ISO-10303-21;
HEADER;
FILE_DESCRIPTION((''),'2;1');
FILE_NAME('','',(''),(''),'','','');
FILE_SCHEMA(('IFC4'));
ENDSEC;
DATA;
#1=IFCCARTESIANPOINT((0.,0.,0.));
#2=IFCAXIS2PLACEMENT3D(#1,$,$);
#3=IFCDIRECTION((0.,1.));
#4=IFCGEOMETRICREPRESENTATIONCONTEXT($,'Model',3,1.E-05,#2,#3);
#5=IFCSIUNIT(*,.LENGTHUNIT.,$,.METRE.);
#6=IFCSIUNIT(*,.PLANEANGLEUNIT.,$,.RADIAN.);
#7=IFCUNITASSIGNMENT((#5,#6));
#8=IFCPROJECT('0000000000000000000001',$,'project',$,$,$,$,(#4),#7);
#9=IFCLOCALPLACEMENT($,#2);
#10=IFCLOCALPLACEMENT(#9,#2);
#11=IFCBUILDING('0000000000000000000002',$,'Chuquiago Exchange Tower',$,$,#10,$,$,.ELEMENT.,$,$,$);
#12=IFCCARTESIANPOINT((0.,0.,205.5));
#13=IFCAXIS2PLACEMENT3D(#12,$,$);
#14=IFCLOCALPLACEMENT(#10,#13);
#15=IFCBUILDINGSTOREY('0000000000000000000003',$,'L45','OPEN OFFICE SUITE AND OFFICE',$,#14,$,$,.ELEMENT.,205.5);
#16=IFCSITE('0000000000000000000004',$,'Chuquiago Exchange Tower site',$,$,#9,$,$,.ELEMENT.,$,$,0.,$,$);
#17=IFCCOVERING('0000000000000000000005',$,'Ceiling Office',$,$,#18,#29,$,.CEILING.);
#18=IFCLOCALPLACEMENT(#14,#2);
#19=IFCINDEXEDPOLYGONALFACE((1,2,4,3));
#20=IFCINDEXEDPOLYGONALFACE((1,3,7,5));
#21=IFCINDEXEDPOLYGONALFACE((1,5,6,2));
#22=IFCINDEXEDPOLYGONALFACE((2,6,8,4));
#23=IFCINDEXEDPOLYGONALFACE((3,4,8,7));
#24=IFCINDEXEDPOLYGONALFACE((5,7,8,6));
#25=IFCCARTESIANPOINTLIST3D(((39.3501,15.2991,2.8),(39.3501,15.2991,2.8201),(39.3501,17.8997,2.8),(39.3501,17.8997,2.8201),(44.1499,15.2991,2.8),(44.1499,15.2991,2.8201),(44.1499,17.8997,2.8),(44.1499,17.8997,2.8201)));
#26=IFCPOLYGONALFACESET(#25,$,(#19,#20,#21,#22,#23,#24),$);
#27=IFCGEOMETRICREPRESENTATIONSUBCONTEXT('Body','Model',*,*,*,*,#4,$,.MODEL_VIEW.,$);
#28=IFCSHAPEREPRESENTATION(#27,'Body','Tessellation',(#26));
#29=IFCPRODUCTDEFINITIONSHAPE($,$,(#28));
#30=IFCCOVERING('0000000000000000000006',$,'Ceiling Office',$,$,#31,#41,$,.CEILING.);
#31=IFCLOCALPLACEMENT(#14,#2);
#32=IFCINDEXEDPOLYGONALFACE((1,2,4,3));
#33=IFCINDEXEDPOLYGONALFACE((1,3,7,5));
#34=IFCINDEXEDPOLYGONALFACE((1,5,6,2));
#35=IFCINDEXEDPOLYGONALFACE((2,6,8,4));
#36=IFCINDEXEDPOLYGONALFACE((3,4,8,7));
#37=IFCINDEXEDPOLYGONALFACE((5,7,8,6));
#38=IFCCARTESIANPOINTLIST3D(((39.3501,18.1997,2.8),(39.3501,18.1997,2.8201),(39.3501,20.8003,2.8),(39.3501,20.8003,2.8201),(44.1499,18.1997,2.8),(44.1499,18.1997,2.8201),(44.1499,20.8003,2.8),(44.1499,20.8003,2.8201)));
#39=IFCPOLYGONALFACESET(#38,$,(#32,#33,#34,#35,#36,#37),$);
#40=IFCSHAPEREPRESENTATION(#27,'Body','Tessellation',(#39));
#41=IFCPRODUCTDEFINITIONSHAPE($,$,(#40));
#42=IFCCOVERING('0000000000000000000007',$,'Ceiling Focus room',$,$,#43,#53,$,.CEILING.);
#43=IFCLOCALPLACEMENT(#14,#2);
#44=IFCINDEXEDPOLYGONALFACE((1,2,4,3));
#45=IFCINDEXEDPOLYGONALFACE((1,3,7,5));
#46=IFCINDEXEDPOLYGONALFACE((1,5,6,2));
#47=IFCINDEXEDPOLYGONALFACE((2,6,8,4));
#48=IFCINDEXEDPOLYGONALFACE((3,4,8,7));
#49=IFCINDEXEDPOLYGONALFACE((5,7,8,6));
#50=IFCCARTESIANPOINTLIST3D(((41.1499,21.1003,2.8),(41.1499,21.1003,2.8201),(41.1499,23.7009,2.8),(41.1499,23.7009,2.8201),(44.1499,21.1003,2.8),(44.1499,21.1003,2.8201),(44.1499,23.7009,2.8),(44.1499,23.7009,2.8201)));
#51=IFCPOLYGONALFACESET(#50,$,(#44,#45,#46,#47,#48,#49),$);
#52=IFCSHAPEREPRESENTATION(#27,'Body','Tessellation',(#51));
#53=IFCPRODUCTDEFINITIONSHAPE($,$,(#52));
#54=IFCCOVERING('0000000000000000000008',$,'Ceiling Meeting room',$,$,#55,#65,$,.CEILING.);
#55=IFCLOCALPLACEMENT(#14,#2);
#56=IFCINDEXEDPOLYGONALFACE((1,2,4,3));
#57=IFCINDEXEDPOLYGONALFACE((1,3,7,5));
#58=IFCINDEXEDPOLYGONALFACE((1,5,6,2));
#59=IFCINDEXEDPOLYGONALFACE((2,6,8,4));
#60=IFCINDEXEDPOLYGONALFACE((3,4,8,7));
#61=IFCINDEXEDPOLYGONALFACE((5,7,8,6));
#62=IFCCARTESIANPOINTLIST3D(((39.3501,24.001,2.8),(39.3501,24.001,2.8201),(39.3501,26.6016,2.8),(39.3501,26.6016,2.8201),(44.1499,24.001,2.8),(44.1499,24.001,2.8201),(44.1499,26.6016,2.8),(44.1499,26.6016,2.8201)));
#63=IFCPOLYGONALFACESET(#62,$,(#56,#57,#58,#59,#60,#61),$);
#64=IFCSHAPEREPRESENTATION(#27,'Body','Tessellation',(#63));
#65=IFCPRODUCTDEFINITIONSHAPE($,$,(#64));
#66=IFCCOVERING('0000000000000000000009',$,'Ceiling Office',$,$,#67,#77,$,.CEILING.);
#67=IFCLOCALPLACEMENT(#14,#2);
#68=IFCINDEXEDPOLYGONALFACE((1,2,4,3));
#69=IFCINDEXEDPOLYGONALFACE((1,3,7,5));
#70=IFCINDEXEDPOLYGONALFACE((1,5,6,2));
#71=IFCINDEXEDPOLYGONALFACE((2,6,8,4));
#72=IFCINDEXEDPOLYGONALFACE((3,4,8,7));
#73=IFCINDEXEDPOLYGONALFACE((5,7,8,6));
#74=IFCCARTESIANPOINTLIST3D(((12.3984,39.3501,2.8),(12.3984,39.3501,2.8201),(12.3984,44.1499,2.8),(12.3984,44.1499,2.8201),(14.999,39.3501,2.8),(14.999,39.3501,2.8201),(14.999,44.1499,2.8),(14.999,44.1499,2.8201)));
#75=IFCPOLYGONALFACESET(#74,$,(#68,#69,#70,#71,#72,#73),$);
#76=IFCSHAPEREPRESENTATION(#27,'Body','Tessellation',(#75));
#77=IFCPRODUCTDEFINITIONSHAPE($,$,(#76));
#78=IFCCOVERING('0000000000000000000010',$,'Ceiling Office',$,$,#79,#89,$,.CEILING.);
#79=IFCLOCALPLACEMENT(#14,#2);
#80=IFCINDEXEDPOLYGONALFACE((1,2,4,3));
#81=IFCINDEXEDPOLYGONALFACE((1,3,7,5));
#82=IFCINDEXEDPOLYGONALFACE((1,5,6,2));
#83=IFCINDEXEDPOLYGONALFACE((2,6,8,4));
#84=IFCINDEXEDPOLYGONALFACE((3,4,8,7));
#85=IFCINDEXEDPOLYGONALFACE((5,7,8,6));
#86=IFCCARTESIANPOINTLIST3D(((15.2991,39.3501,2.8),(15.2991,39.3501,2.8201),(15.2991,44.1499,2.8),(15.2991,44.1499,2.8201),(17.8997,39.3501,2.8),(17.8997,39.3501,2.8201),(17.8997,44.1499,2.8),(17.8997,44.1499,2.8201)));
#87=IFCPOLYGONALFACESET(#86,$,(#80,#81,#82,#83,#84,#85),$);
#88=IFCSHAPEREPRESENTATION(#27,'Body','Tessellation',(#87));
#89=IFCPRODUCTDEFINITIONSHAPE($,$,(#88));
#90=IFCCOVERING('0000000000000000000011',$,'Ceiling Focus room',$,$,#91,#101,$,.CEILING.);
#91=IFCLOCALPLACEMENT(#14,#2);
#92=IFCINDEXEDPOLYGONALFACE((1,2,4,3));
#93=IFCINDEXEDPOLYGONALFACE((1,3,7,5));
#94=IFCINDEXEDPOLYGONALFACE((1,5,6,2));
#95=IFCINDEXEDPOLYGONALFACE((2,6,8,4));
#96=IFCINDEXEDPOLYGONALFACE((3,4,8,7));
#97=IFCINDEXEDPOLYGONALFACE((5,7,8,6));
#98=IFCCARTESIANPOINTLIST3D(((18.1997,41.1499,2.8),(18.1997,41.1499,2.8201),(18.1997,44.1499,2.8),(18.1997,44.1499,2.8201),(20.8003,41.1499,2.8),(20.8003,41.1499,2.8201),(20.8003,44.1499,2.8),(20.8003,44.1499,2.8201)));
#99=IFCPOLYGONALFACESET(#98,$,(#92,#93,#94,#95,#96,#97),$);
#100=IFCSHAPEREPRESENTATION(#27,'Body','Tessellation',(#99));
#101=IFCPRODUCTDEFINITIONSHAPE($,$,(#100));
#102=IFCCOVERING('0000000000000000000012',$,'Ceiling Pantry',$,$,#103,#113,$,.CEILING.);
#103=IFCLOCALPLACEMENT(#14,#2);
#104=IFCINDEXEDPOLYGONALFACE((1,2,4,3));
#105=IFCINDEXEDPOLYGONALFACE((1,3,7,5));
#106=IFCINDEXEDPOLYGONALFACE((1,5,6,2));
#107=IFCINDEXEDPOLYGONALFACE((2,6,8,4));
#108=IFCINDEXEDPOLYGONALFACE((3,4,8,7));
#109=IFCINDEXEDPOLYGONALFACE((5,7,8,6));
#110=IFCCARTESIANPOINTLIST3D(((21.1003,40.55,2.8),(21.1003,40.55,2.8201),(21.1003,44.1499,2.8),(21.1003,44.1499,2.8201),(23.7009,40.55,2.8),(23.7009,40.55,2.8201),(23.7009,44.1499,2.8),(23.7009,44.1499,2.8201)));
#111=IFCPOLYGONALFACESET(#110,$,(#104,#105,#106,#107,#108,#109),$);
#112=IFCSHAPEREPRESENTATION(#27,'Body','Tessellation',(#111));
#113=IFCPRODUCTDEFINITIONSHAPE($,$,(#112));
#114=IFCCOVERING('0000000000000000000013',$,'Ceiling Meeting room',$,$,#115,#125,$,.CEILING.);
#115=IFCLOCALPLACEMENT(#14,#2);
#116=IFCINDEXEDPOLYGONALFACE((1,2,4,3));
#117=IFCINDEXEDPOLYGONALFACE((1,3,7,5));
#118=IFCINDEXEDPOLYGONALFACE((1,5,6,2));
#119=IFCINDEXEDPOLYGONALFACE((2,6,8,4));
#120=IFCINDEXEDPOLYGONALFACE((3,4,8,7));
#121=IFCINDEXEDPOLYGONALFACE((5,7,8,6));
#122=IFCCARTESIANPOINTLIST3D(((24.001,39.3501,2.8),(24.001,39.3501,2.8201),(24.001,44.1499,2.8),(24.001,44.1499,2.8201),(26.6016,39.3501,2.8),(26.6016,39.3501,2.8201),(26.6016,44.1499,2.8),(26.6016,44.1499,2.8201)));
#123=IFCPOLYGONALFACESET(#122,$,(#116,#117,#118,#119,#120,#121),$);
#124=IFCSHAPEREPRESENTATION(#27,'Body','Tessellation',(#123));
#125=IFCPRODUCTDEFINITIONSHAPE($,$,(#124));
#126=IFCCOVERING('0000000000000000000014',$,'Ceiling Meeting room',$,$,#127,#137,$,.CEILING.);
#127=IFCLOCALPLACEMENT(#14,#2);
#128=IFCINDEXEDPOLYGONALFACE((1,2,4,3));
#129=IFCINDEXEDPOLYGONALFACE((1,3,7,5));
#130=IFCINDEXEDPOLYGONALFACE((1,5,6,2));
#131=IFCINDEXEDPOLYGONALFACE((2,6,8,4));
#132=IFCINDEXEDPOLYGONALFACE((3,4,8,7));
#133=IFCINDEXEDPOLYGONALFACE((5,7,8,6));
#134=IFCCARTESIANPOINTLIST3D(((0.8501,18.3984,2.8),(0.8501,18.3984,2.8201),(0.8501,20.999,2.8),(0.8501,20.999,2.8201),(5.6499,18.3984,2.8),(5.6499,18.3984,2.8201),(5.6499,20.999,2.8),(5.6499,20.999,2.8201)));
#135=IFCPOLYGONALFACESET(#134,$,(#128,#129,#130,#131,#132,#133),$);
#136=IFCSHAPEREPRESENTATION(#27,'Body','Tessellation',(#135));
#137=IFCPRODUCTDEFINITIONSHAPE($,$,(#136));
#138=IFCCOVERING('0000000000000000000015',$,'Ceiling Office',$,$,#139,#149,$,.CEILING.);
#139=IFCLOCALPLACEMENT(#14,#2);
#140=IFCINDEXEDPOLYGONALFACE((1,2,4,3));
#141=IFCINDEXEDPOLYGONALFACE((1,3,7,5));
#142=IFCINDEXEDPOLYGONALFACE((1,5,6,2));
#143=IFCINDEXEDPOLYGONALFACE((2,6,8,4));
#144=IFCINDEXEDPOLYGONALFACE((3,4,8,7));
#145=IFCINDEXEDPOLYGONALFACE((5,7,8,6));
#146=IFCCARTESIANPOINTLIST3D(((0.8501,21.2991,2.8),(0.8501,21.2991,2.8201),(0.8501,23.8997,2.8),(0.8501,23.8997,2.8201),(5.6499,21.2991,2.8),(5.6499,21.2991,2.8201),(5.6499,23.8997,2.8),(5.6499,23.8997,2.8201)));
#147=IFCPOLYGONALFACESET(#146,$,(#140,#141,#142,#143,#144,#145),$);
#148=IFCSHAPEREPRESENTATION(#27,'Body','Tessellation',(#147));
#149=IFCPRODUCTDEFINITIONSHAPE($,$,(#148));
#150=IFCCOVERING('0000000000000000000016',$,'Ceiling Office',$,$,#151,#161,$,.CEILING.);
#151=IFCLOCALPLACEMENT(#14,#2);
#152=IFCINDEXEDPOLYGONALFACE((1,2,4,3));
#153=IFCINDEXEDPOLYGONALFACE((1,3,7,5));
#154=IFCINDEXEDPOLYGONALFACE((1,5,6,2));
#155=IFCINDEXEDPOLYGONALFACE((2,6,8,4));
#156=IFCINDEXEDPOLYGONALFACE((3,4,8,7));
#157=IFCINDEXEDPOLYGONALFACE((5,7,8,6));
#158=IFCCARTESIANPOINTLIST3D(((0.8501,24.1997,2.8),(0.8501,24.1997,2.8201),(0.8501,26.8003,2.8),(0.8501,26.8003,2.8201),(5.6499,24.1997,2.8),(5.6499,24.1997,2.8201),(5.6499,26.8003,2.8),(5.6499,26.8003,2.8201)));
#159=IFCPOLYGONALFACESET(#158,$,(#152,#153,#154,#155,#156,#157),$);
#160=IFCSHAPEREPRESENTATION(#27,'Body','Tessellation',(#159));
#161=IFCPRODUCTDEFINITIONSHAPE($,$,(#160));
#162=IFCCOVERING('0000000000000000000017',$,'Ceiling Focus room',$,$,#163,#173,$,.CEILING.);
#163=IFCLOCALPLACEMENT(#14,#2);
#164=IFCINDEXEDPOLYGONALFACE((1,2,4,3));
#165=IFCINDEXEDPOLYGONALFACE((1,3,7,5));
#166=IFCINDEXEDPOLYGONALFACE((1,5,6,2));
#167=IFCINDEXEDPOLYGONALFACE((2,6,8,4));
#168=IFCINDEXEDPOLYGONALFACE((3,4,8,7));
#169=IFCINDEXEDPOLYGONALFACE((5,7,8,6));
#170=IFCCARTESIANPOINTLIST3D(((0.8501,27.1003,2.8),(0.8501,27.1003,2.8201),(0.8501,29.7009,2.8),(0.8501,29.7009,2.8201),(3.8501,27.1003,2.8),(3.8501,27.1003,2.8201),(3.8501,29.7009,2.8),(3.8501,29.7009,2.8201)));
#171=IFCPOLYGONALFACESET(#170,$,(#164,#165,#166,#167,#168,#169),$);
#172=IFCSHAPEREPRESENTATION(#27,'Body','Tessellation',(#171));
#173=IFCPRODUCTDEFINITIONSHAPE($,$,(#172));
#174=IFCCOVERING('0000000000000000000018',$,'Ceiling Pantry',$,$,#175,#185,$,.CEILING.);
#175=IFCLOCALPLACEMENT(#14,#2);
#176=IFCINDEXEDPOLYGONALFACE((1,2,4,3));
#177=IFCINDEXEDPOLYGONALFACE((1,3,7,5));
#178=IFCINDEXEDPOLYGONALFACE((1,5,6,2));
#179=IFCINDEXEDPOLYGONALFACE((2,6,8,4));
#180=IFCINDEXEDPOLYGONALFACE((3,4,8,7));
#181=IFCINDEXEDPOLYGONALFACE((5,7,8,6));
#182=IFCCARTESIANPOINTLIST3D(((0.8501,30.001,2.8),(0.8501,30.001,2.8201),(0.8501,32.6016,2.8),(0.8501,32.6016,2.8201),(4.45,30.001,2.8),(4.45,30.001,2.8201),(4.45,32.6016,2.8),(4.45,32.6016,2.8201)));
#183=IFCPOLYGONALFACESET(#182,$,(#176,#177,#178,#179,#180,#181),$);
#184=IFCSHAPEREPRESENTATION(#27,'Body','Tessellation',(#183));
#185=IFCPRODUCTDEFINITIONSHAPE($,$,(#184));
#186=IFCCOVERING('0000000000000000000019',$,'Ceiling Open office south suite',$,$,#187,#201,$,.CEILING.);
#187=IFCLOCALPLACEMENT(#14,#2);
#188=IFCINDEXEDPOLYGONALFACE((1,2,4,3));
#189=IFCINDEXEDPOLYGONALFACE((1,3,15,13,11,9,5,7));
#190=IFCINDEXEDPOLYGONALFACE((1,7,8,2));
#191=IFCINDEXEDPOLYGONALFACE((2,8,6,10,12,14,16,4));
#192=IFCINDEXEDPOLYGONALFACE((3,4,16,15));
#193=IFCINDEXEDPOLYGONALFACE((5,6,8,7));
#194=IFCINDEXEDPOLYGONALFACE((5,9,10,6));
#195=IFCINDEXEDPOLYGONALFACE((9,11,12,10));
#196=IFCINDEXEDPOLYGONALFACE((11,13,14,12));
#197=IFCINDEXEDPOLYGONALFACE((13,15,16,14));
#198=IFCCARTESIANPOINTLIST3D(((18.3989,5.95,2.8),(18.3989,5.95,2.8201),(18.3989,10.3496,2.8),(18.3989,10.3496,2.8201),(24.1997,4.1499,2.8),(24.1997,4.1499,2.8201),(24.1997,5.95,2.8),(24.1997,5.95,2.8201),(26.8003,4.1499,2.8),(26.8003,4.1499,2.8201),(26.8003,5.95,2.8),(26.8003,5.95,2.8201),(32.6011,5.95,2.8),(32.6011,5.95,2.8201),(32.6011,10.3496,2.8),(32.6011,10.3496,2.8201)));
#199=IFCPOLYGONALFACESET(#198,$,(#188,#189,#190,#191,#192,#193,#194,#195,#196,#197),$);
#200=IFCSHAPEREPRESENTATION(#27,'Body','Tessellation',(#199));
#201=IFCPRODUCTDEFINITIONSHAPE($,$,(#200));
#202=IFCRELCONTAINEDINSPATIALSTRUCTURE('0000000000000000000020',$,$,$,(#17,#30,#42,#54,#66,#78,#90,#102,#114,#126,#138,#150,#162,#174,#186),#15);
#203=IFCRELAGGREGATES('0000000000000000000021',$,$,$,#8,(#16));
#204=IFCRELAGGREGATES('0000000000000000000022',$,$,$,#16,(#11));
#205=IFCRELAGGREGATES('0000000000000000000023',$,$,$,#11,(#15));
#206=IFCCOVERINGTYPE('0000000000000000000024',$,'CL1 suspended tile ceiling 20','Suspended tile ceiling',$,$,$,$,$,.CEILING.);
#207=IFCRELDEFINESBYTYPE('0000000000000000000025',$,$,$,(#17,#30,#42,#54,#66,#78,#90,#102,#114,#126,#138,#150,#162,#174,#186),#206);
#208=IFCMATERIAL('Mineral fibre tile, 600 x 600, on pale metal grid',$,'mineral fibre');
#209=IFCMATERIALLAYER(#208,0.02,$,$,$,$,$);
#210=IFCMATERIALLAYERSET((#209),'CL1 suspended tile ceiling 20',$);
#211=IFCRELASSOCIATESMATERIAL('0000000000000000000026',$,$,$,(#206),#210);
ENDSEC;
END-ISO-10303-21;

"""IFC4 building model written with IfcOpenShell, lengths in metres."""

from ifc_helpers import new_model, si_unit, direction, frame, origin, place, context, subcontext, project, spatial, polyline, outline, extrude, material, layer, layer_set, type_object, element, save


model = new_model("IFC4")

# Units and contexts
model_context = context("Model", 3, precision=1e-05, world=origin(), true_north=direction((0.0, 1.0)))
body_context = subcontext(model_context, "Body", "Model", "MODEL_VIEW")
ifc_project = project(units=[si_unit("LENGTHUNIT", "METRE"), si_unit("PLANEANGLEUNIT", "RADIAN")], contexts=[model_context])

# Site, building, storey
site_placement = place(None, origin())
site = spatial("IfcSite", under=ifc_project, at=site_placement, Name="Chuquiago Exchange Tower site", CompositionType="ELEMENT", RefElevation=0.0)
building_placement = place(site_placement, origin())
building = spatial("IfcBuilding", under=site, at=building_placement, Name="Chuquiago Exchange Tower", CompositionType="ELEMENT")
storey_placement = place(building_placement, frame((0.0, 0.0, 205.5)))
storey = spatial("IfcBuildingStorey", under=building, at=storey_placement, Name="L45", Description="OPEN OFFICE SUITE AND OFFICE", CompositionType="ELEMENT", Elevation=205.5)

# Coverings
ifc_material_1 = material(Name="Mineral fibre tile, 600 x 600, on pale metal grid", Category="mineral fibre")
ifc_layer_1 = layer(ifc_material_1, 0.02)
ifc_layer_set_1 = layer_set([ifc_layer_1], Name="CL1 suspended tile ceiling 20")
covering_type_1 = type_object("IfcCoveringType", Name="CL1 suspended tile ceiling 20", Description="Suspended tile ceiling", PredefinedType="CEILING", material=ifc_layer_set_1)
covering_1_placement = place(storey_placement, frame((0.0, 0.0, 2.8)))
element("IfcCovering", 1, at=covering_1_placement, inside=storey, type_object=covering_type_1, Name="Ceiling Office", PredefinedType="CEILING", context=body_context, shape_type="SweptSolid", body=[
    extrude(outline(polyline([(39.3501, 15.2991), (39.3501, 17.8997), (44.1499, 17.8997), (44.1499, 15.2991), (39.3501, 15.2991)])), origin(), (0.0, 0.0, 1.0), 0.02),
])
covering_2_placement = place(storey_placement, frame((0.0, 0.0, 2.8)))
element("IfcCovering", 2, at=covering_2_placement, inside=storey, type_object=covering_type_1, Name="Ceiling Office", PredefinedType="CEILING", context=body_context, shape_type="SweptSolid", body=[
    extrude(outline(polyline([(39.3501, 18.1997), (39.3501, 20.8003), (44.1499, 20.8003), (44.1499, 18.1997), (39.3501, 18.1997)])), origin(), (0.0, 0.0, 1.0), 0.02),
])
covering_3_placement = place(storey_placement, frame((0.0, 0.0, 2.8)))
element("IfcCovering", 3, at=covering_3_placement, inside=storey, type_object=covering_type_1, Name="Ceiling Focus room", PredefinedType="CEILING", context=body_context, shape_type="SweptSolid", body=[
    extrude(outline(polyline([(41.1499, 21.1003), (41.1499, 23.7009), (44.1499, 23.7009), (44.1499, 21.1003), (41.1499, 21.1003)])), origin(), (0.0, 0.0, 1.0), 0.02),
])
covering_4_placement = place(storey_placement, frame((0.0, 0.0, 2.8)))
element("IfcCovering", 4, at=covering_4_placement, inside=storey, type_object=covering_type_1, Name="Ceiling Meeting room", PredefinedType="CEILING", context=body_context, shape_type="SweptSolid", body=[
    extrude(outline(polyline([(44.1499, 24.001), (39.3501, 24.001), (39.3501, 26.6016), (44.1499, 26.6016), (44.1499, 24.001)])), origin(), (0.0, 0.0, 1.0), 0.02),
])
covering_5_placement = place(storey_placement, frame((0.0, 0.0, 2.8)))
element("IfcCovering", 5, at=covering_5_placement, inside=storey, type_object=covering_type_1, Name="Ceiling Office", PredefinedType="CEILING", context=body_context, shape_type="SweptSolid", body=[
    extrude(outline(polyline([(14.999, 44.1499), (14.999, 39.3501), (12.3984, 39.3501), (12.3984, 44.1499), (14.999, 44.1499)])), origin(), (0.0, 0.0, 1.0), 0.02),
])
covering_6_placement = place(storey_placement, frame((0.0, 0.0, 2.8)))
element("IfcCovering", 6, at=covering_6_placement, inside=storey, type_object=covering_type_1, Name="Ceiling Office", PredefinedType="CEILING", context=body_context, shape_type="SweptSolid", body=[
    extrude(outline(polyline([(17.8997, 39.3501), (15.2991, 39.3501), (15.2991, 44.1499), (17.8997, 44.1499), (17.8997, 39.3501)])), origin(), (0.0, 0.0, 1.0), 0.02),
])
covering_7_placement = place(storey_placement, frame((0.0, 0.0, 2.8)))
element("IfcCovering", 7, at=covering_7_placement, inside=storey, type_object=covering_type_1, Name="Ceiling Focus room", PredefinedType="CEILING", context=body_context, shape_type="SweptSolid", body=[
    extrude(outline(polyline([(20.8003, 41.1499), (18.1997, 41.1499), (18.1997, 44.1499), (20.8003, 44.1499), (20.8003, 41.1499)])), origin(), (0.0, 0.0, 1.0), 0.02),
])
covering_8_placement = place(storey_placement, frame((0.0, 0.0, 2.8)))
element("IfcCovering", 8, at=covering_8_placement, inside=storey, type_object=covering_type_1, Name="Ceiling Pantry", PredefinedType="CEILING", context=body_context, shape_type="SweptSolid", body=[
    extrude(outline(polyline([(23.7009, 40.55), (21.1003, 40.55), (21.1003, 44.1499), (23.7009, 44.1499), (23.7009, 40.55)])), origin(), (0.0, 0.0, 1.0), 0.02),
])
covering_9_placement = place(storey_placement, frame((0.0, 0.0, 2.8)))
element("IfcCovering", 9, at=covering_9_placement, inside=storey, type_object=covering_type_1, Name="Ceiling Meeting room", PredefinedType="CEILING", context=body_context, shape_type="SweptSolid", body=[
    extrude(outline(polyline([(26.6016, 39.3501), (24.001, 39.3501), (24.001, 44.1499), (26.6016, 44.1499), (26.6016, 39.3501)])), origin(), (0.0, 0.0, 1.0), 0.02),
])
covering_10_placement = place(storey_placement, frame((0.0, 0.0, 2.8)))
element("IfcCovering", 10, at=covering_10_placement, inside=storey, type_object=covering_type_1, Name="Ceiling Meeting room", PredefinedType="CEILING", context=body_context, shape_type="SweptSolid", body=[
    extrude(outline(polyline([(0.8501, 20.999), (5.6499, 20.999), (5.6499, 18.3984), (0.8501, 18.3984), (0.8501, 20.999)])), origin(), (0.0, 0.0, 1.0), 0.02),
])
covering_11_placement = place(storey_placement, frame((0.0, 0.0, 2.8)))
element("IfcCovering", 11, at=covering_11_placement, inside=storey, type_object=covering_type_1, Name="Ceiling Office", PredefinedType="CEILING", context=body_context, shape_type="SweptSolid", body=[
    extrude(outline(polyline([(5.6499, 23.8997), (5.6499, 21.2991), (0.8501, 21.2991), (0.8501, 23.8997), (5.6499, 23.8997)])), origin(), (0.0, 0.0, 1.0), 0.02),
])
covering_12_placement = place(storey_placement, frame((0.0, 0.0, 2.8)))
element("IfcCovering", 12, at=covering_12_placement, inside=storey, type_object=covering_type_1, Name="Ceiling Office", PredefinedType="CEILING", context=body_context, shape_type="SweptSolid", body=[
    extrude(outline(polyline([(5.6499, 26.8003), (5.6499, 24.1997), (0.8501, 24.1997), (0.8501, 26.8003), (5.6499, 26.8003)])), origin(), (0.0, 0.0, 1.0), 0.02),
])
covering_13_placement = place(storey_placement, frame((0.0, 0.0, 2.8)))
element("IfcCovering", 13, at=covering_13_placement, inside=storey, type_object=covering_type_1, Name="Ceiling Focus room", PredefinedType="CEILING", context=body_context, shape_type="SweptSolid", body=[
    extrude(outline(polyline([(3.8501, 29.7009), (3.8501, 27.1003), (0.8501, 27.1003), (0.8501, 29.7009), (3.8501, 29.7009)])), origin(), (0.0, 0.0, 1.0), 0.02),
])
covering_14_placement = place(storey_placement, frame((0.0, 0.0, 2.8)))
element("IfcCovering", 14, at=covering_14_placement, inside=storey, type_object=covering_type_1, Name="Ceiling Pantry", PredefinedType="CEILING", context=body_context, shape_type="SweptSolid", body=[
    extrude(outline(polyline([(4.45, 32.6016), (4.45, 30.001), (0.8501, 30.001), (0.8501, 32.6016), (4.45, 32.6016)])), origin(), (0.0, 0.0, 1.0), 0.02),
])
covering_15_placement = place(storey_placement, frame((0.0, 0.0, 2.8)))
element("IfcCovering", 15, at=covering_15_placement, inside=storey, type_object=covering_type_1, Name="Ceiling Open office south suite", PredefinedType="CEILING", context=body_context, shape_type="SweptSolid", body=[
    extrude(outline(polyline([(26.8003, 5.95), (26.8003, 4.1499), (24.1997, 4.1499), (24.1997, 5.95), (18.3989, 5.95), (18.3989, 10.3496), (32.6011, 10.3496), (32.6011, 5.95), (26.8003, 5.95)])), origin(), (0.0, 0.0, 1.0), 0.02),
])

save(model, "model.ifc")
